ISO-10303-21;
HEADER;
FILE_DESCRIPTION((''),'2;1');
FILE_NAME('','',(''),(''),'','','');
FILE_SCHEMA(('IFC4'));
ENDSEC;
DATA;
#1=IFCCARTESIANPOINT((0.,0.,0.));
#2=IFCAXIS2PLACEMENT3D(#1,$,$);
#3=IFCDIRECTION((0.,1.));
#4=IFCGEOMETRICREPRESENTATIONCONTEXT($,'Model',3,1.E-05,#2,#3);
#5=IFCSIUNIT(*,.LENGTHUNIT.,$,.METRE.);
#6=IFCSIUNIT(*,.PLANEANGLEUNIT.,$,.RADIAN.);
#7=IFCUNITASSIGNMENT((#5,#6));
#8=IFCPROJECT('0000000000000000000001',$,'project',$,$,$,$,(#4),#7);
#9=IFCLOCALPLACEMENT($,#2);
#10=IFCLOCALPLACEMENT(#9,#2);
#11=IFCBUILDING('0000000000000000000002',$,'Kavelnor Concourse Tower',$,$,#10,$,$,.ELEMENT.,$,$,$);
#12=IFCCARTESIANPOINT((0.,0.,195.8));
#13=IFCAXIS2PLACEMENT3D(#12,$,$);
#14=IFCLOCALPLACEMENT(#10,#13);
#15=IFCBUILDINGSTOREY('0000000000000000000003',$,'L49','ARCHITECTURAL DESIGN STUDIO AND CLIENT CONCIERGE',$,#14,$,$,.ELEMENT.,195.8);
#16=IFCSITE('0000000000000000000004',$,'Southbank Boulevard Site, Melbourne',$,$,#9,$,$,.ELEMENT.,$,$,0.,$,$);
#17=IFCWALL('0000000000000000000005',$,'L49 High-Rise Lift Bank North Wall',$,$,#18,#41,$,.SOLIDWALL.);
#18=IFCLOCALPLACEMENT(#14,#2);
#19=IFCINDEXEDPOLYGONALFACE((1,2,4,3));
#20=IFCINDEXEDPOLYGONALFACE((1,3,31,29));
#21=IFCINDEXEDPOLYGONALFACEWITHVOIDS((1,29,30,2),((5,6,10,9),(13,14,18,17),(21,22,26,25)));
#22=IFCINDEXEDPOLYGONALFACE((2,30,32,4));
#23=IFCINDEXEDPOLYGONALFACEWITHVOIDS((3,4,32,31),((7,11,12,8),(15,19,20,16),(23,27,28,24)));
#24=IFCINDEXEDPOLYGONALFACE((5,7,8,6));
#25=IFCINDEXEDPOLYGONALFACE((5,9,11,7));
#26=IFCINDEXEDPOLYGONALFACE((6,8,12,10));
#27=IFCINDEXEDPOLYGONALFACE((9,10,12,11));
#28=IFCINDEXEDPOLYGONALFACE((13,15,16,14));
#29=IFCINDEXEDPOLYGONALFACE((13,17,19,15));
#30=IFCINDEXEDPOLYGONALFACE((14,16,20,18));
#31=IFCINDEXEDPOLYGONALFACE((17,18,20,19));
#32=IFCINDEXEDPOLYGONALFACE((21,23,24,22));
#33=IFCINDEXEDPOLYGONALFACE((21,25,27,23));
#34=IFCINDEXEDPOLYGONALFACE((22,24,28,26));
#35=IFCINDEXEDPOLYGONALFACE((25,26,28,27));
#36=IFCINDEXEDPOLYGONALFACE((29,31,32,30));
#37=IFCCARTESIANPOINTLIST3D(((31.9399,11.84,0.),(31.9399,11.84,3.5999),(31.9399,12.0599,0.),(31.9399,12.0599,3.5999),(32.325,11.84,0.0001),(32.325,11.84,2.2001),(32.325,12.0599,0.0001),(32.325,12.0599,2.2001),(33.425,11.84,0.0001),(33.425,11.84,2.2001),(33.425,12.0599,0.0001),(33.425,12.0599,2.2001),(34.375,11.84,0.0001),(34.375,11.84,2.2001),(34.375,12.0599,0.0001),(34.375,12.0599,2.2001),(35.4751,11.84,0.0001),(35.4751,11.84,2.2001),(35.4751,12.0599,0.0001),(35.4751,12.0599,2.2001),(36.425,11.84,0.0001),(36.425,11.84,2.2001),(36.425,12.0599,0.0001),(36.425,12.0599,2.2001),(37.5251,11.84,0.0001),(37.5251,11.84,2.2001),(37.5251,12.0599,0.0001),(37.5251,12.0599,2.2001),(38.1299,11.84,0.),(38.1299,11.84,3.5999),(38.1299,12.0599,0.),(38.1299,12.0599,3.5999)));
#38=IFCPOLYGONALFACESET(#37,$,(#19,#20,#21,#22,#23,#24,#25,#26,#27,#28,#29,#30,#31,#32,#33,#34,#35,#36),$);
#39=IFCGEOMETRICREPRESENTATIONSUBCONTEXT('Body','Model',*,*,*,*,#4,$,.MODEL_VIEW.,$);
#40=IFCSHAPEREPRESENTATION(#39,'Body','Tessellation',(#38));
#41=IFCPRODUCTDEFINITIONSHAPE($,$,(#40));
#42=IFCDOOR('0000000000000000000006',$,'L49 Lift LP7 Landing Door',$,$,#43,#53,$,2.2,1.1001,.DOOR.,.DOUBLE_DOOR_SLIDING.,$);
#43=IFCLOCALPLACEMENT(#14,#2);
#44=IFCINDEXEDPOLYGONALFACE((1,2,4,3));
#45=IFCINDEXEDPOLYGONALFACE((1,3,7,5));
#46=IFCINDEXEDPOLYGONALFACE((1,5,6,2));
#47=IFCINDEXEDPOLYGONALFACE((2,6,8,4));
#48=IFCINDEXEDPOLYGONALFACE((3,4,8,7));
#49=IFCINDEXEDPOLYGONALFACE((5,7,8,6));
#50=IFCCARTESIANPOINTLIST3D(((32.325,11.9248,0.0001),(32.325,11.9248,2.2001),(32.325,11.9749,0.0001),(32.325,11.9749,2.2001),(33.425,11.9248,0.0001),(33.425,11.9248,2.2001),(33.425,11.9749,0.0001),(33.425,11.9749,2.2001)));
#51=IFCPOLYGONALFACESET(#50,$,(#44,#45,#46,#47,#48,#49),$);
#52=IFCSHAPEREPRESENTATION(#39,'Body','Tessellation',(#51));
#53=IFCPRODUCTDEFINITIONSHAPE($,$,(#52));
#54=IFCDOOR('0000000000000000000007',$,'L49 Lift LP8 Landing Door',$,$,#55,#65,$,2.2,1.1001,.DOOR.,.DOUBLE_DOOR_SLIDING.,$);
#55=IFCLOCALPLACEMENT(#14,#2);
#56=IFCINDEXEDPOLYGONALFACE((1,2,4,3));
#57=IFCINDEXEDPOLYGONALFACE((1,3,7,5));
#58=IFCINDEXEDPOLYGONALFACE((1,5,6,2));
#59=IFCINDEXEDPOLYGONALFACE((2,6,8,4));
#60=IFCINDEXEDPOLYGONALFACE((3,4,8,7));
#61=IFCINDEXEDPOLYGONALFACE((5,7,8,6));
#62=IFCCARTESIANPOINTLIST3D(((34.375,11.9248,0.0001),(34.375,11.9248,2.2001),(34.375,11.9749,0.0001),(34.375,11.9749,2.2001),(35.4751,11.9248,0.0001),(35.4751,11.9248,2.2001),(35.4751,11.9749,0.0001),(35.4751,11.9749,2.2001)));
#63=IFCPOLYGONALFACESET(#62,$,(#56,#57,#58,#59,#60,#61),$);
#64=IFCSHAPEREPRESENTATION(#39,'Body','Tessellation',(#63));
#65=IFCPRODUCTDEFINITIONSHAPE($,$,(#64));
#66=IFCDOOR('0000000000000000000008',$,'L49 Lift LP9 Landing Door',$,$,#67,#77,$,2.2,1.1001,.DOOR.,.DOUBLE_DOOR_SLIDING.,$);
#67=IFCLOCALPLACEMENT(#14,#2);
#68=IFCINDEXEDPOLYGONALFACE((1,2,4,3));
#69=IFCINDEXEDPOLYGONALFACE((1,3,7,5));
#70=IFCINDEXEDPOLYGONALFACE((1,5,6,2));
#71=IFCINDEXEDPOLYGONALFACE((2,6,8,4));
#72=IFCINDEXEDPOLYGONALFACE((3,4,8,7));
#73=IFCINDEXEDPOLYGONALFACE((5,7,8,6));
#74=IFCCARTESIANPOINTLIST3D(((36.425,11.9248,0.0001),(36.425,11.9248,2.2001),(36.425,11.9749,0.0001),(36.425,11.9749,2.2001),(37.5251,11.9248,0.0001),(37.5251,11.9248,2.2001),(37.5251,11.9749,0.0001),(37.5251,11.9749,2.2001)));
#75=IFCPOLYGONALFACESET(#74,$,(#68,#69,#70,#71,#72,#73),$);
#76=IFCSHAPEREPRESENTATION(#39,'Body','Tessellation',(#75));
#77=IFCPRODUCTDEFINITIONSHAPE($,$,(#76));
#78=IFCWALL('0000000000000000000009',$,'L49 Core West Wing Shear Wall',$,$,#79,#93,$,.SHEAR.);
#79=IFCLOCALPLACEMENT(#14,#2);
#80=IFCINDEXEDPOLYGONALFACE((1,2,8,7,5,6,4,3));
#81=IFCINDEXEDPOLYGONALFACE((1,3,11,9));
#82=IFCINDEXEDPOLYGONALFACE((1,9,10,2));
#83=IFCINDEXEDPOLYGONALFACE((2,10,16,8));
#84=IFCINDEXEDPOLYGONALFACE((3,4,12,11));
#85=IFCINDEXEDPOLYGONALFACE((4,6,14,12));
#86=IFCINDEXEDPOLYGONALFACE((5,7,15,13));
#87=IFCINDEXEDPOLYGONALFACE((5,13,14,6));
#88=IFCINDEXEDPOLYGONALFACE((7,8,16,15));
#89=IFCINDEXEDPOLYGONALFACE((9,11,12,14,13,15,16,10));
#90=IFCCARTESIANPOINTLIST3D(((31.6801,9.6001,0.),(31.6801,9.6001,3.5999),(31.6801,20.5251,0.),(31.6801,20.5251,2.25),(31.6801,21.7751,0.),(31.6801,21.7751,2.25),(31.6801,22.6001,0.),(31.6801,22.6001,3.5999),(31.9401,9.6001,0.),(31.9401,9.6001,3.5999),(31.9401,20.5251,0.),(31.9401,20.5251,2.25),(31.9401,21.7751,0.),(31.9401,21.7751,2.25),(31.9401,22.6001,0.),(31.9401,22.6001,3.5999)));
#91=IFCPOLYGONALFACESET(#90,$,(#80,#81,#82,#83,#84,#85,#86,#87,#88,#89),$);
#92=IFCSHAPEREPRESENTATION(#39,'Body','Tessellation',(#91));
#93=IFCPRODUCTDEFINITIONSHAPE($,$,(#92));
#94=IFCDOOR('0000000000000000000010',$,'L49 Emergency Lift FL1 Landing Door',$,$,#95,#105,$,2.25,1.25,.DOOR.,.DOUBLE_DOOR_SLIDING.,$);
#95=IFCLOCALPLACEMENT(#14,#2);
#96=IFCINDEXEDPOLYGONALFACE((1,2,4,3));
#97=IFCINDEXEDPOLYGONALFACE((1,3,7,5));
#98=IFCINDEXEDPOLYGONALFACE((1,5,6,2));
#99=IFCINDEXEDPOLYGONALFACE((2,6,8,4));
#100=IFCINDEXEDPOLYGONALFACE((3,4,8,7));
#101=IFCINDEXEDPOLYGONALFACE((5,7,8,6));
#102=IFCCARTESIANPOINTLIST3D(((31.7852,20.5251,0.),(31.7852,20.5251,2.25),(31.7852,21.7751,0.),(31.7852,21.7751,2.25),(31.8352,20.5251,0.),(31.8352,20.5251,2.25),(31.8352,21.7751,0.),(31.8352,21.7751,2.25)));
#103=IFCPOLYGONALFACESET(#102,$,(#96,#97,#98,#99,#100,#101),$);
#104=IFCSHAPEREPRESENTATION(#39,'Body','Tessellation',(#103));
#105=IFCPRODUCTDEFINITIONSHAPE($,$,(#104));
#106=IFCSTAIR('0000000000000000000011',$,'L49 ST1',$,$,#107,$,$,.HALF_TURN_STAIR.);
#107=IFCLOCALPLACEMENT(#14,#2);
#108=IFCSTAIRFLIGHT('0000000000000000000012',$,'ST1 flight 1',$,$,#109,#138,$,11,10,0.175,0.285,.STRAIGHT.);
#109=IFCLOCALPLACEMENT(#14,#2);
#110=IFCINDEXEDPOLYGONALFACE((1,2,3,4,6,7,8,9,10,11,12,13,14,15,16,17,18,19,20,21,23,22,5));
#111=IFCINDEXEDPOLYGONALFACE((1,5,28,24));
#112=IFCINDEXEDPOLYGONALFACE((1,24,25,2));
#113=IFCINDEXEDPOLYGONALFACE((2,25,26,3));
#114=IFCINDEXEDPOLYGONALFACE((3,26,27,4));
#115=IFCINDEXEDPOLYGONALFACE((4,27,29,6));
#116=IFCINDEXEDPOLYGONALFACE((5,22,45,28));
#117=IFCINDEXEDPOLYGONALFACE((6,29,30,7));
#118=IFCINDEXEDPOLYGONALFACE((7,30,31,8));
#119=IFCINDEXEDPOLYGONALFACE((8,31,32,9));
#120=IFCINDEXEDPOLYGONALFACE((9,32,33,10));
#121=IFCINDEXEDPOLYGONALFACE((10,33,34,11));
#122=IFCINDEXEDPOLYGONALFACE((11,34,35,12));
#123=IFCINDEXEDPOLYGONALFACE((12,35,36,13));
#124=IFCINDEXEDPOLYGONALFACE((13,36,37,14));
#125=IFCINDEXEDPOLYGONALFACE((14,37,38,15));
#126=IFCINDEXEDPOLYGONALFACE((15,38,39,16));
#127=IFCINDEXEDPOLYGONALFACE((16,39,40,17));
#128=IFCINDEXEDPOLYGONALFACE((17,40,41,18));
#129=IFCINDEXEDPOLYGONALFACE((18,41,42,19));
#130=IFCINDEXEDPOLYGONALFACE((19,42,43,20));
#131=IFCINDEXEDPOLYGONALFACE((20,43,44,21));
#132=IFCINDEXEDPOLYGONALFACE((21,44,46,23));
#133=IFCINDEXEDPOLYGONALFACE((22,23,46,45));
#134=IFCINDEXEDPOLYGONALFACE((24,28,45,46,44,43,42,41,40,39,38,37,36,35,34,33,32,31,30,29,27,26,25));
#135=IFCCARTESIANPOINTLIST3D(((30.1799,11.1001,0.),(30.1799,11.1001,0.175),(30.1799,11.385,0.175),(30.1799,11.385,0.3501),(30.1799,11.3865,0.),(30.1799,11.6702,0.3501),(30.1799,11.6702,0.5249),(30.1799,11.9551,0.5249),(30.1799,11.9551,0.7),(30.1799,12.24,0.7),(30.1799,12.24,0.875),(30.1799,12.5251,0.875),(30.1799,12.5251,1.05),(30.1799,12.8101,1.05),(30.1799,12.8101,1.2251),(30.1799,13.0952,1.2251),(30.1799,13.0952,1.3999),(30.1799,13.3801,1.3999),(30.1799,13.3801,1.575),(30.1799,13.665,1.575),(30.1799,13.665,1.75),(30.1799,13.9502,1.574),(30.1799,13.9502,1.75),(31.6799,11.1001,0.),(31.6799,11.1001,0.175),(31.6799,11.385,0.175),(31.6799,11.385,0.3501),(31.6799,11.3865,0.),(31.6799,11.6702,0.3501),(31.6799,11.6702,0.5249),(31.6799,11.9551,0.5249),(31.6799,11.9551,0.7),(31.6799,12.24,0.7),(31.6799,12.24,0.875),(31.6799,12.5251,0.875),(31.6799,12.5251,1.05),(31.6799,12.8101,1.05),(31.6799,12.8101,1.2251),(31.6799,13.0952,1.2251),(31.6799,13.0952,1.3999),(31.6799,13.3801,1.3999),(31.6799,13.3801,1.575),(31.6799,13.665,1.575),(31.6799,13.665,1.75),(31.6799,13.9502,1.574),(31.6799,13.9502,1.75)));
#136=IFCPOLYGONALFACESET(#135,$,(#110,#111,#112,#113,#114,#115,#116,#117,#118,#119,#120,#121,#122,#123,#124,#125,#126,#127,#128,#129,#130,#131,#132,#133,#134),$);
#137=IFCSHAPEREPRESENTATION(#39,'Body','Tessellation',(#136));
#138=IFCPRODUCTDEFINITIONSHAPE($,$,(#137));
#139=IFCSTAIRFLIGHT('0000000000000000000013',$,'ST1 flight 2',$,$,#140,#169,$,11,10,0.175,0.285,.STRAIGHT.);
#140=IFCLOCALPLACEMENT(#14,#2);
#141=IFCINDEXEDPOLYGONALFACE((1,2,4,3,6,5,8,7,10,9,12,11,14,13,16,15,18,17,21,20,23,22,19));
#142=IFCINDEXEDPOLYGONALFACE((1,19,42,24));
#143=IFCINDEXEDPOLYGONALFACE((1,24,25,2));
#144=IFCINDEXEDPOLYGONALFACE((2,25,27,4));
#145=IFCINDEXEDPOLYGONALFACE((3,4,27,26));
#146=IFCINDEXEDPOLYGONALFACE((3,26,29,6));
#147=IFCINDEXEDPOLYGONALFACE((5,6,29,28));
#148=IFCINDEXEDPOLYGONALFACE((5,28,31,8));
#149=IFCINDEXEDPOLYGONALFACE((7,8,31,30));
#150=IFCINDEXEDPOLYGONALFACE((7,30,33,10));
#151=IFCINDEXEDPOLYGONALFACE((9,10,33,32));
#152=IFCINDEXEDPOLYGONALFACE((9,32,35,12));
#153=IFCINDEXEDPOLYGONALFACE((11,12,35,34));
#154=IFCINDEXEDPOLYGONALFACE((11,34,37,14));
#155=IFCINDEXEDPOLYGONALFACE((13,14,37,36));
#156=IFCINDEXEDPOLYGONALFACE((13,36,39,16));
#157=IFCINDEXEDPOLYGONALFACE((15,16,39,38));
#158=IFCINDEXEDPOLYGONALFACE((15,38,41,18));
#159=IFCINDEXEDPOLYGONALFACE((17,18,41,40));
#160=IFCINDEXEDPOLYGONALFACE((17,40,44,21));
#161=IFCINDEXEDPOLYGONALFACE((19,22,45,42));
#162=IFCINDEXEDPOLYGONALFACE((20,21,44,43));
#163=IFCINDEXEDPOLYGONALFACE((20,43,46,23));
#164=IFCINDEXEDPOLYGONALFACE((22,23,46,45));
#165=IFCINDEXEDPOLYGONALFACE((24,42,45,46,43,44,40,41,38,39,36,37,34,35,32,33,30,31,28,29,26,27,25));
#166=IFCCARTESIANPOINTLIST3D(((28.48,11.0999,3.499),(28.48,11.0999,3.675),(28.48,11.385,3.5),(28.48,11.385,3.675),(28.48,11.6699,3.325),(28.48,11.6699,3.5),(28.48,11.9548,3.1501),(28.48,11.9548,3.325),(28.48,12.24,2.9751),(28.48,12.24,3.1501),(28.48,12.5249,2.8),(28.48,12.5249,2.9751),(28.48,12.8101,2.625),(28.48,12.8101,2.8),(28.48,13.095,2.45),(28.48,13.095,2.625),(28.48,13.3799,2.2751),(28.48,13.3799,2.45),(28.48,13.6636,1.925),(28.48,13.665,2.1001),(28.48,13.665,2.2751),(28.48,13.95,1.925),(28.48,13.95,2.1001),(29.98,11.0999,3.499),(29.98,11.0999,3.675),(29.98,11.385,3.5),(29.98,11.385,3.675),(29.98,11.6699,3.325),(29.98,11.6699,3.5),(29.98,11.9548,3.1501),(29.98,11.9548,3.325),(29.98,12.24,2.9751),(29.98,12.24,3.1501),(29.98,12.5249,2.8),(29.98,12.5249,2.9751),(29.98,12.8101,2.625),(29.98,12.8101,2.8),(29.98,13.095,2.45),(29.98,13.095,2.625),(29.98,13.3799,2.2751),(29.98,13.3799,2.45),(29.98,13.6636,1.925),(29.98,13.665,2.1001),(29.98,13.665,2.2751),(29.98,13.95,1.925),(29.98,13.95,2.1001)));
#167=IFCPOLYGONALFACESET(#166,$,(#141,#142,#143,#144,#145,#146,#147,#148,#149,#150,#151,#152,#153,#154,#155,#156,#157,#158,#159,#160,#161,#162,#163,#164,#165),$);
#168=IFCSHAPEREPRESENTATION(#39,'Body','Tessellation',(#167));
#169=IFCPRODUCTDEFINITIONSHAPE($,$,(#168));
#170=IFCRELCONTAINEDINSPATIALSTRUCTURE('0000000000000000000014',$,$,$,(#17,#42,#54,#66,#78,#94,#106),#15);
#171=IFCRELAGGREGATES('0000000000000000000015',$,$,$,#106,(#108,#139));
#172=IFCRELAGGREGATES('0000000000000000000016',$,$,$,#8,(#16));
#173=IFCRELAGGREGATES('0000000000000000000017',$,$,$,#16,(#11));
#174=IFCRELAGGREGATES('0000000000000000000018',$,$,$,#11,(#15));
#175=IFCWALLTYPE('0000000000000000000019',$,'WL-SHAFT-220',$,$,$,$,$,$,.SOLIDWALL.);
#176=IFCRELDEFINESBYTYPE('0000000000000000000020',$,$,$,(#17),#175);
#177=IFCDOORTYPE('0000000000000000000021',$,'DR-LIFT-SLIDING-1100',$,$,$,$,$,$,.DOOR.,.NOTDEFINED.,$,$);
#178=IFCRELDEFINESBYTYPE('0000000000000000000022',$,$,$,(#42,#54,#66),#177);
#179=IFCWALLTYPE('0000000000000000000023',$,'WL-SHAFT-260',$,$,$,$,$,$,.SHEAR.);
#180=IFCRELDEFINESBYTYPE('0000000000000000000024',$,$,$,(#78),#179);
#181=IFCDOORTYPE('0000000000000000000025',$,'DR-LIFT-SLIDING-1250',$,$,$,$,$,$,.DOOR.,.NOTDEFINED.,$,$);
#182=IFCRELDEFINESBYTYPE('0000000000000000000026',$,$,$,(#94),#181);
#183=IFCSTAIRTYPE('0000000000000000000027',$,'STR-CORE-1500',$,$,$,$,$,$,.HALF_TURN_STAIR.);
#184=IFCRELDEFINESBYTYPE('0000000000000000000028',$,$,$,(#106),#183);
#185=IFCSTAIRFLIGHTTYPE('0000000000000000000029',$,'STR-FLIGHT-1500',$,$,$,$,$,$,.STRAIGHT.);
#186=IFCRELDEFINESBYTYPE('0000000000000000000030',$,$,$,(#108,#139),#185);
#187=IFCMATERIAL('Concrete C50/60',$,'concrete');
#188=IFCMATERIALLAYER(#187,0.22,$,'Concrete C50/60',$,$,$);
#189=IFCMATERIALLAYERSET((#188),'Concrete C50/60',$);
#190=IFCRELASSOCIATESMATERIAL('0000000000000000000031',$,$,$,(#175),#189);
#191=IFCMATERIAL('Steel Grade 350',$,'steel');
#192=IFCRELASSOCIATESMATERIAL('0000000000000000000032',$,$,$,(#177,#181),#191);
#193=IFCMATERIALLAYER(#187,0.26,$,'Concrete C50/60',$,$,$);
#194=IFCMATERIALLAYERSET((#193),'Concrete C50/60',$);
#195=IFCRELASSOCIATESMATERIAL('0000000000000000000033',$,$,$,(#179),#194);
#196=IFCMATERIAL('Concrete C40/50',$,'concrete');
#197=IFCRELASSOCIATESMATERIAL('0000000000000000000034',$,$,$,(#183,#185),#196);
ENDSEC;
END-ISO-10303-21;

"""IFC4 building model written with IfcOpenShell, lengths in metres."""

from ifc_helpers import new_model, si_unit, direction, frame, frame_2d, origin, place, context, subcontext, project, spatial, polyline, rectangle, outline, extrude, material, layer, layer_set, type_object, element, fill, aggregate, save


model = new_model("IFC4")

# Units and contexts
model_context = context("Model", 3, precision=1e-05, world=origin(), true_north=direction((0.0, 1.0)))
body_context = subcontext(model_context, "Body", "Model", "MODEL_VIEW")
ifc_project = project(units=[si_unit("LENGTHUNIT", "METRE"), si_unit("PLANEANGLEUNIT", "RADIAN")], contexts=[model_context])

# Site, building, storey
site_placement = place(None, origin())
site = spatial("IfcSite", under=ifc_project, at=site_placement, Name="Southbank Boulevard Site, Melbourne", CompositionType="ELEMENT", RefElevation=0.0)
building_placement = place(site_placement, origin())
building = spatial("IfcBuilding", under=site, at=building_placement, Name="Kavelnor Concourse Tower", CompositionType="ELEMENT")
storey_placement = place(building_placement, frame((0.0, 0.0, 195.8)))
storey = spatial("IfcBuildingStorey", under=building, at=storey_placement, Name="L49", Description="ARCHITECTURAL DESIGN STUDIO AND CLIENT CONCIERGE", CompositionType="ELEMENT", Elevation=195.8)

# Shared definitions
ifc_material_1 = material(Name="Steel Grade 350", Category="steel")

# Shared definitions
ifc_material_2 = material(Name="Concrete C50/60", Category="concrete")
ifc_layer_1 = layer(ifc_material_2, 0.22, Name="Concrete C50/60")
ifc_layer_set_1 = layer_set([ifc_layer_1], Name="Concrete C50/60")
wall_type_1 = type_object("IfcWallType", Name="WL-SHAFT-220", PredefinedType="SOLIDWALL", material=ifc_layer_set_1)

# Wall, openings, doors
wall_1_placement = place(storey_placement, frame((31.9399, 11.95, 0.0), z_axis=(0.0, 0.0, 1.0), x_axis=(1.0, 0.0, 0.0)))
wall_1 = element("IfcWall", 1, at=wall_1_placement, inside=storey, type_object=wall_type_1, Name="L49 High-Rise Lift Bank North Wall", PredefinedType="SOLIDWALL", context=body_context, shape_type="SweptSolid", body=[
    extrude(rectangle(XDim=6.1899, YDim=0.22, at=frame_2d((3.095, 0.0))), origin(), (0.0, 0.0, 1.0), 3.5999),
])
opening_1_placement = place(wall_1_placement, frame((0.385, 0.0, 0.0)))
opening_1 = element("IfcOpeningElement", 2, at=opening_1_placement, cuts=wall_1, PredefinedType="OPENING", context=body_context, shape_type="SweptSolid", body=[
    extrude(rectangle(XDim=1.1001, YDim=2.2, at=frame_2d((0.55, 1.1001))), frame((0.0, 0.1201, 0.0), z_axis=(0.0, -1.0, 0.0), x_axis=(1.0, 0.0, 0.0)), (0.0, 0.0, 1.0), 0.24),
])
opening_2_placement = place(wall_1_placement, frame((2.4351, 0.0, 0.0)))
opening_2 = element("IfcOpeningElement", 3, at=opening_2_placement, cuts=wall_1, PredefinedType="OPENING", context=body_context, shape_type="SweptSolid", body=[
    extrude(rectangle(XDim=1.1001, YDim=2.2, at=frame_2d((0.55, 1.1001))), frame((0.0, 0.1201, 0.0), z_axis=(0.0, -1.0, 0.0), x_axis=(1.0, 0.0, 0.0)), (0.0, 0.0, 1.0), 0.24),
])
opening_3_placement = place(wall_1_placement, frame((4.4851, 0.0, 0.0)))
opening_3 = element("IfcOpeningElement", 4, at=opening_3_placement, cuts=wall_1, PredefinedType="OPENING", context=body_context, shape_type="SweptSolid", body=[
    extrude(rectangle(XDim=1.1001, YDim=2.2, at=frame_2d((0.55, 1.1001))), frame((0.0, 0.1201, 0.0), z_axis=(0.0, -1.0, 0.0), x_axis=(1.0, 0.0, 0.0)), (0.0, 0.0, 1.0), 0.24),
])
door_type_1 = type_object("IfcDoorType", Name="DR-LIFT-SLIDING-1100", OperationType="NOTDEFINED", PredefinedType="DOOR", material=ifc_material_1)
door_1_placement = place(opening_1_placement, origin())
door_1 = element("IfcDoor", 5, at=door_1_placement, inside=storey, type_object=door_type_1, Name="L49 Lift LP7 Landing Door", OperationType="DOUBLE_DOOR_SLIDING", OverallHeight=2.2, OverallWidth=1.1001, PredefinedType="DOOR", context=body_context, shape_type="SweptSolid", body=[
    extrude(rectangle(XDim=1.1001, YDim=2.2, at=frame_2d((0.55, 1.1001))), frame((0.0, 0.0249, 0.0), z_axis=(0.0, -1.0, 0.0), x_axis=(1.0, 0.0, 0.0)), (0.0, 0.0, 1.0), 0.05),
])
fill(opening_1, door_1)
door_2_placement = place(opening_2_placement, origin())
door_2 = element("IfcDoor", 6, at=door_2_placement, inside=storey, type_object=door_type_1, Name="L49 Lift LP8 Landing Door", OperationType="DOUBLE_DOOR_SLIDING", OverallHeight=2.2, OverallWidth=1.1001, PredefinedType="DOOR", context=body_context, shape_type="SweptSolid", body=[
    extrude(rectangle(XDim=1.1001, YDim=2.2, at=frame_2d((0.55, 1.1001))), frame((0.0, 0.0249, 0.0), z_axis=(0.0, -1.0, 0.0), x_axis=(1.0, 0.0, 0.0)), (0.0, 0.0, 1.0), 0.05),
])
fill(opening_2, door_2)
door_3_placement = place(opening_3_placement, origin())
door_3 = element("IfcDoor", 7, at=door_3_placement, inside=storey, type_object=door_type_1, Name="L49 Lift LP9 Landing Door", OperationType="DOUBLE_DOOR_SLIDING", OverallHeight=2.2, OverallWidth=1.1001, PredefinedType="DOOR", context=body_context, shape_type="SweptSolid", body=[
    extrude(rectangle(XDim=1.1001, YDim=2.2, at=frame_2d((0.55, 1.1001))), frame((0.0, 0.0249, 0.0), z_axis=(0.0, -1.0, 0.0), x_axis=(1.0, 0.0, 0.0)), (0.0, 0.0, 1.0), 0.05),
])
fill(opening_3, door_3)

# Wall, opening, door
ifc_layer_2 = layer(ifc_material_2, 0.26, Name="Concrete C50/60")
ifc_layer_set_2 = layer_set([ifc_layer_2], Name="Concrete C50/60")
wall_type_2 = type_object("IfcWallType", Name="WL-SHAFT-260", PredefinedType="SHEAR", material=ifc_layer_set_2)
wall_2_placement = place(storey_placement, frame((31.8101, 9.6001, 0.0), z_axis=(0.0, 0.0, 1.0), x_axis=(0.0, 1.0, 0.0)))
wall_2 = element("IfcWall", 8, at=wall_2_placement, inside=storey, type_object=wall_type_2, Name="L49 Core West Wing Shear Wall", PredefinedType="SHEAR", context=body_context, shape_type="SweptSolid", body=[
    extrude(rectangle(XDim=13.0, YDim=0.26, at=frame_2d((6.5, 0.0))), origin(), (0.0, 0.0, 1.0), 3.5999),
])
opening_4_placement = place(wall_2_placement, frame((10.925, 0.0, 0.0)))
opening_4 = element("IfcOpeningElement", 9, at=opening_4_placement, cuts=wall_2, PredefinedType="OPENING", context=body_context, shape_type="SweptSolid", body=[
    extrude(rectangle(XDim=1.25, YDim=2.25, at=frame_2d((0.625, 1.125))), frame((0.0, 0.1401, 0.0), z_axis=(0.0, -1.0, 0.0), x_axis=(1.0, 0.0, 0.0)), (0.0, 0.0, 1.0), 0.28),
])
door_type_2 = type_object("IfcDoorType", Name="DR-LIFT-SLIDING-1250", OperationType="NOTDEFINED", PredefinedType="DOOR", material=ifc_material_1)
door_4_placement = place(opening_4_placement, origin())
door_4 = element("IfcDoor", 10, at=door_4_placement, inside=storey, type_object=door_type_2, Name="L49 Emergency Lift FL1 Landing Door", OperationType="DOUBLE_DOOR_SLIDING", OverallHeight=2.25, OverallWidth=1.25, PredefinedType="DOOR", context=body_context, shape_type="SweptSolid", body=[
    extrude(rectangle(XDim=1.25, YDim=2.25, at=frame_2d((0.625, 1.125))), frame((0.0, 0.0249, 0.0), z_axis=(0.0, -1.0, 0.0), x_axis=(1.0, 0.0, 0.0)), (0.0, 0.0, 1.0), 0.05),
])
fill(opening_4, door_4)

# Stair, stair flights
ifc_material_3 = material(Name="Concrete C40/50", Category="concrete")
stair_type = type_object("IfcStairType", Name="STR-CORE-1500", PredefinedType="HALF_TURN_STAIR", material=ifc_material_3)
stair_placement = place(storey_placement, origin())
stair = element("IfcStair", 11, at=stair_placement, inside=storey, type_object=stair_type, Name="L49 ST1", PredefinedType="HALF_TURN_STAIR")
stair_flight_type = type_object("IfcStairFlightType", Name="STR-FLIGHT-1500", PredefinedType="STRAIGHT", material=ifc_material_3)
stair_flight_1_placement = place(storey_placement, frame((30.9299, 11.1001, 0.0), z_axis=(0.0, 0.0, 1.0), x_axis=(0.0, 1.0, 0.0)))
stair_flight_1 = element("IfcStairFlight", 12, at=stair_flight_1_placement, type_object=stair_flight_type, Name="ST1 flight 1", NumberOfRisers=11, NumberOfTreads=10, PredefinedType="STRAIGHT", RiserHeight=0.175, TreadLength=0.285, context=body_context, shape_type="SweptSolid", body=[
    extrude(outline(polyline([(0.0, 0.0), (0.0, 0.175), (0.2849, 0.175), (0.2849, 0.3501), (0.5701, 0.3501), (0.5701, 0.5249), (0.855, 0.5249), (0.855, 0.7), (1.1399, 0.7), (1.1399, 0.875), (1.425, 0.875), (1.425, 1.05), (1.71, 1.05), (1.71, 1.2251), (1.9951, 1.2251), (1.9951, 1.3999), (2.28, 1.3999), (2.28, 1.575), (2.5649, 1.575), (2.5649, 1.75), (2.8501, 1.75), (2.8501, 1.925), (2.8501, 1.574), (0.2864, 0.0), (0.0, 0.0)])), frame((0.0, 0.75, 0.0), z_axis=(0.0, -1.0, 0.0), x_axis=(1.0, 0.0, 0.0)), (0.0, 0.0, 1.0), 1.5),
])
stair_flight_2_placement = place(storey_placement, frame((29.23, 13.95, 1.925), z_axis=(0.0, 0.0, 1.0), x_axis=(0.0, -1.0, 0.0)))
stair_flight_2 = element("IfcStairFlight", 13, at=stair_flight_2_placement, type_object=stair_flight_type, Name="ST1 flight 2", NumberOfRisers=11, NumberOfTreads=10, PredefinedType="STRAIGHT", RiserHeight=0.175, TreadLength=0.285, context=body_context, shape_type="SweptSolid", body=[
    extrude(outline(polyline([(0.0, 0.0), (0.0, 0.175), (0.2849, 0.175), (0.2849, 0.3501), (0.5701, 0.3501), (0.5701, 0.5249), (0.855, 0.5249), (0.855, 0.7), (1.1399, 0.7), (1.1399, 0.875), (1.425, 0.875), (1.425, 1.05), (1.71, 1.05), (1.71, 1.2251), (1.9951, 1.2251), (1.9951, 1.3999), (2.28, 1.3999), (2.28, 1.575), (2.5649, 1.575), (2.5649, 1.75), (2.8501, 1.75), (2.8501, 1.925), (2.8501, 1.574), (0.2864, 0.0), (0.0, 0.0)])), frame((0.0, 0.75, 0.0), z_axis=(0.0, -1.0, 0.0), x_axis=(1.0, 0.0, 0.0)), (0.0, 0.0, 1.0), 1.5),
])
aggregate(stair, [stair_flight_1, stair_flight_2])

save(model, "model.ifc")
